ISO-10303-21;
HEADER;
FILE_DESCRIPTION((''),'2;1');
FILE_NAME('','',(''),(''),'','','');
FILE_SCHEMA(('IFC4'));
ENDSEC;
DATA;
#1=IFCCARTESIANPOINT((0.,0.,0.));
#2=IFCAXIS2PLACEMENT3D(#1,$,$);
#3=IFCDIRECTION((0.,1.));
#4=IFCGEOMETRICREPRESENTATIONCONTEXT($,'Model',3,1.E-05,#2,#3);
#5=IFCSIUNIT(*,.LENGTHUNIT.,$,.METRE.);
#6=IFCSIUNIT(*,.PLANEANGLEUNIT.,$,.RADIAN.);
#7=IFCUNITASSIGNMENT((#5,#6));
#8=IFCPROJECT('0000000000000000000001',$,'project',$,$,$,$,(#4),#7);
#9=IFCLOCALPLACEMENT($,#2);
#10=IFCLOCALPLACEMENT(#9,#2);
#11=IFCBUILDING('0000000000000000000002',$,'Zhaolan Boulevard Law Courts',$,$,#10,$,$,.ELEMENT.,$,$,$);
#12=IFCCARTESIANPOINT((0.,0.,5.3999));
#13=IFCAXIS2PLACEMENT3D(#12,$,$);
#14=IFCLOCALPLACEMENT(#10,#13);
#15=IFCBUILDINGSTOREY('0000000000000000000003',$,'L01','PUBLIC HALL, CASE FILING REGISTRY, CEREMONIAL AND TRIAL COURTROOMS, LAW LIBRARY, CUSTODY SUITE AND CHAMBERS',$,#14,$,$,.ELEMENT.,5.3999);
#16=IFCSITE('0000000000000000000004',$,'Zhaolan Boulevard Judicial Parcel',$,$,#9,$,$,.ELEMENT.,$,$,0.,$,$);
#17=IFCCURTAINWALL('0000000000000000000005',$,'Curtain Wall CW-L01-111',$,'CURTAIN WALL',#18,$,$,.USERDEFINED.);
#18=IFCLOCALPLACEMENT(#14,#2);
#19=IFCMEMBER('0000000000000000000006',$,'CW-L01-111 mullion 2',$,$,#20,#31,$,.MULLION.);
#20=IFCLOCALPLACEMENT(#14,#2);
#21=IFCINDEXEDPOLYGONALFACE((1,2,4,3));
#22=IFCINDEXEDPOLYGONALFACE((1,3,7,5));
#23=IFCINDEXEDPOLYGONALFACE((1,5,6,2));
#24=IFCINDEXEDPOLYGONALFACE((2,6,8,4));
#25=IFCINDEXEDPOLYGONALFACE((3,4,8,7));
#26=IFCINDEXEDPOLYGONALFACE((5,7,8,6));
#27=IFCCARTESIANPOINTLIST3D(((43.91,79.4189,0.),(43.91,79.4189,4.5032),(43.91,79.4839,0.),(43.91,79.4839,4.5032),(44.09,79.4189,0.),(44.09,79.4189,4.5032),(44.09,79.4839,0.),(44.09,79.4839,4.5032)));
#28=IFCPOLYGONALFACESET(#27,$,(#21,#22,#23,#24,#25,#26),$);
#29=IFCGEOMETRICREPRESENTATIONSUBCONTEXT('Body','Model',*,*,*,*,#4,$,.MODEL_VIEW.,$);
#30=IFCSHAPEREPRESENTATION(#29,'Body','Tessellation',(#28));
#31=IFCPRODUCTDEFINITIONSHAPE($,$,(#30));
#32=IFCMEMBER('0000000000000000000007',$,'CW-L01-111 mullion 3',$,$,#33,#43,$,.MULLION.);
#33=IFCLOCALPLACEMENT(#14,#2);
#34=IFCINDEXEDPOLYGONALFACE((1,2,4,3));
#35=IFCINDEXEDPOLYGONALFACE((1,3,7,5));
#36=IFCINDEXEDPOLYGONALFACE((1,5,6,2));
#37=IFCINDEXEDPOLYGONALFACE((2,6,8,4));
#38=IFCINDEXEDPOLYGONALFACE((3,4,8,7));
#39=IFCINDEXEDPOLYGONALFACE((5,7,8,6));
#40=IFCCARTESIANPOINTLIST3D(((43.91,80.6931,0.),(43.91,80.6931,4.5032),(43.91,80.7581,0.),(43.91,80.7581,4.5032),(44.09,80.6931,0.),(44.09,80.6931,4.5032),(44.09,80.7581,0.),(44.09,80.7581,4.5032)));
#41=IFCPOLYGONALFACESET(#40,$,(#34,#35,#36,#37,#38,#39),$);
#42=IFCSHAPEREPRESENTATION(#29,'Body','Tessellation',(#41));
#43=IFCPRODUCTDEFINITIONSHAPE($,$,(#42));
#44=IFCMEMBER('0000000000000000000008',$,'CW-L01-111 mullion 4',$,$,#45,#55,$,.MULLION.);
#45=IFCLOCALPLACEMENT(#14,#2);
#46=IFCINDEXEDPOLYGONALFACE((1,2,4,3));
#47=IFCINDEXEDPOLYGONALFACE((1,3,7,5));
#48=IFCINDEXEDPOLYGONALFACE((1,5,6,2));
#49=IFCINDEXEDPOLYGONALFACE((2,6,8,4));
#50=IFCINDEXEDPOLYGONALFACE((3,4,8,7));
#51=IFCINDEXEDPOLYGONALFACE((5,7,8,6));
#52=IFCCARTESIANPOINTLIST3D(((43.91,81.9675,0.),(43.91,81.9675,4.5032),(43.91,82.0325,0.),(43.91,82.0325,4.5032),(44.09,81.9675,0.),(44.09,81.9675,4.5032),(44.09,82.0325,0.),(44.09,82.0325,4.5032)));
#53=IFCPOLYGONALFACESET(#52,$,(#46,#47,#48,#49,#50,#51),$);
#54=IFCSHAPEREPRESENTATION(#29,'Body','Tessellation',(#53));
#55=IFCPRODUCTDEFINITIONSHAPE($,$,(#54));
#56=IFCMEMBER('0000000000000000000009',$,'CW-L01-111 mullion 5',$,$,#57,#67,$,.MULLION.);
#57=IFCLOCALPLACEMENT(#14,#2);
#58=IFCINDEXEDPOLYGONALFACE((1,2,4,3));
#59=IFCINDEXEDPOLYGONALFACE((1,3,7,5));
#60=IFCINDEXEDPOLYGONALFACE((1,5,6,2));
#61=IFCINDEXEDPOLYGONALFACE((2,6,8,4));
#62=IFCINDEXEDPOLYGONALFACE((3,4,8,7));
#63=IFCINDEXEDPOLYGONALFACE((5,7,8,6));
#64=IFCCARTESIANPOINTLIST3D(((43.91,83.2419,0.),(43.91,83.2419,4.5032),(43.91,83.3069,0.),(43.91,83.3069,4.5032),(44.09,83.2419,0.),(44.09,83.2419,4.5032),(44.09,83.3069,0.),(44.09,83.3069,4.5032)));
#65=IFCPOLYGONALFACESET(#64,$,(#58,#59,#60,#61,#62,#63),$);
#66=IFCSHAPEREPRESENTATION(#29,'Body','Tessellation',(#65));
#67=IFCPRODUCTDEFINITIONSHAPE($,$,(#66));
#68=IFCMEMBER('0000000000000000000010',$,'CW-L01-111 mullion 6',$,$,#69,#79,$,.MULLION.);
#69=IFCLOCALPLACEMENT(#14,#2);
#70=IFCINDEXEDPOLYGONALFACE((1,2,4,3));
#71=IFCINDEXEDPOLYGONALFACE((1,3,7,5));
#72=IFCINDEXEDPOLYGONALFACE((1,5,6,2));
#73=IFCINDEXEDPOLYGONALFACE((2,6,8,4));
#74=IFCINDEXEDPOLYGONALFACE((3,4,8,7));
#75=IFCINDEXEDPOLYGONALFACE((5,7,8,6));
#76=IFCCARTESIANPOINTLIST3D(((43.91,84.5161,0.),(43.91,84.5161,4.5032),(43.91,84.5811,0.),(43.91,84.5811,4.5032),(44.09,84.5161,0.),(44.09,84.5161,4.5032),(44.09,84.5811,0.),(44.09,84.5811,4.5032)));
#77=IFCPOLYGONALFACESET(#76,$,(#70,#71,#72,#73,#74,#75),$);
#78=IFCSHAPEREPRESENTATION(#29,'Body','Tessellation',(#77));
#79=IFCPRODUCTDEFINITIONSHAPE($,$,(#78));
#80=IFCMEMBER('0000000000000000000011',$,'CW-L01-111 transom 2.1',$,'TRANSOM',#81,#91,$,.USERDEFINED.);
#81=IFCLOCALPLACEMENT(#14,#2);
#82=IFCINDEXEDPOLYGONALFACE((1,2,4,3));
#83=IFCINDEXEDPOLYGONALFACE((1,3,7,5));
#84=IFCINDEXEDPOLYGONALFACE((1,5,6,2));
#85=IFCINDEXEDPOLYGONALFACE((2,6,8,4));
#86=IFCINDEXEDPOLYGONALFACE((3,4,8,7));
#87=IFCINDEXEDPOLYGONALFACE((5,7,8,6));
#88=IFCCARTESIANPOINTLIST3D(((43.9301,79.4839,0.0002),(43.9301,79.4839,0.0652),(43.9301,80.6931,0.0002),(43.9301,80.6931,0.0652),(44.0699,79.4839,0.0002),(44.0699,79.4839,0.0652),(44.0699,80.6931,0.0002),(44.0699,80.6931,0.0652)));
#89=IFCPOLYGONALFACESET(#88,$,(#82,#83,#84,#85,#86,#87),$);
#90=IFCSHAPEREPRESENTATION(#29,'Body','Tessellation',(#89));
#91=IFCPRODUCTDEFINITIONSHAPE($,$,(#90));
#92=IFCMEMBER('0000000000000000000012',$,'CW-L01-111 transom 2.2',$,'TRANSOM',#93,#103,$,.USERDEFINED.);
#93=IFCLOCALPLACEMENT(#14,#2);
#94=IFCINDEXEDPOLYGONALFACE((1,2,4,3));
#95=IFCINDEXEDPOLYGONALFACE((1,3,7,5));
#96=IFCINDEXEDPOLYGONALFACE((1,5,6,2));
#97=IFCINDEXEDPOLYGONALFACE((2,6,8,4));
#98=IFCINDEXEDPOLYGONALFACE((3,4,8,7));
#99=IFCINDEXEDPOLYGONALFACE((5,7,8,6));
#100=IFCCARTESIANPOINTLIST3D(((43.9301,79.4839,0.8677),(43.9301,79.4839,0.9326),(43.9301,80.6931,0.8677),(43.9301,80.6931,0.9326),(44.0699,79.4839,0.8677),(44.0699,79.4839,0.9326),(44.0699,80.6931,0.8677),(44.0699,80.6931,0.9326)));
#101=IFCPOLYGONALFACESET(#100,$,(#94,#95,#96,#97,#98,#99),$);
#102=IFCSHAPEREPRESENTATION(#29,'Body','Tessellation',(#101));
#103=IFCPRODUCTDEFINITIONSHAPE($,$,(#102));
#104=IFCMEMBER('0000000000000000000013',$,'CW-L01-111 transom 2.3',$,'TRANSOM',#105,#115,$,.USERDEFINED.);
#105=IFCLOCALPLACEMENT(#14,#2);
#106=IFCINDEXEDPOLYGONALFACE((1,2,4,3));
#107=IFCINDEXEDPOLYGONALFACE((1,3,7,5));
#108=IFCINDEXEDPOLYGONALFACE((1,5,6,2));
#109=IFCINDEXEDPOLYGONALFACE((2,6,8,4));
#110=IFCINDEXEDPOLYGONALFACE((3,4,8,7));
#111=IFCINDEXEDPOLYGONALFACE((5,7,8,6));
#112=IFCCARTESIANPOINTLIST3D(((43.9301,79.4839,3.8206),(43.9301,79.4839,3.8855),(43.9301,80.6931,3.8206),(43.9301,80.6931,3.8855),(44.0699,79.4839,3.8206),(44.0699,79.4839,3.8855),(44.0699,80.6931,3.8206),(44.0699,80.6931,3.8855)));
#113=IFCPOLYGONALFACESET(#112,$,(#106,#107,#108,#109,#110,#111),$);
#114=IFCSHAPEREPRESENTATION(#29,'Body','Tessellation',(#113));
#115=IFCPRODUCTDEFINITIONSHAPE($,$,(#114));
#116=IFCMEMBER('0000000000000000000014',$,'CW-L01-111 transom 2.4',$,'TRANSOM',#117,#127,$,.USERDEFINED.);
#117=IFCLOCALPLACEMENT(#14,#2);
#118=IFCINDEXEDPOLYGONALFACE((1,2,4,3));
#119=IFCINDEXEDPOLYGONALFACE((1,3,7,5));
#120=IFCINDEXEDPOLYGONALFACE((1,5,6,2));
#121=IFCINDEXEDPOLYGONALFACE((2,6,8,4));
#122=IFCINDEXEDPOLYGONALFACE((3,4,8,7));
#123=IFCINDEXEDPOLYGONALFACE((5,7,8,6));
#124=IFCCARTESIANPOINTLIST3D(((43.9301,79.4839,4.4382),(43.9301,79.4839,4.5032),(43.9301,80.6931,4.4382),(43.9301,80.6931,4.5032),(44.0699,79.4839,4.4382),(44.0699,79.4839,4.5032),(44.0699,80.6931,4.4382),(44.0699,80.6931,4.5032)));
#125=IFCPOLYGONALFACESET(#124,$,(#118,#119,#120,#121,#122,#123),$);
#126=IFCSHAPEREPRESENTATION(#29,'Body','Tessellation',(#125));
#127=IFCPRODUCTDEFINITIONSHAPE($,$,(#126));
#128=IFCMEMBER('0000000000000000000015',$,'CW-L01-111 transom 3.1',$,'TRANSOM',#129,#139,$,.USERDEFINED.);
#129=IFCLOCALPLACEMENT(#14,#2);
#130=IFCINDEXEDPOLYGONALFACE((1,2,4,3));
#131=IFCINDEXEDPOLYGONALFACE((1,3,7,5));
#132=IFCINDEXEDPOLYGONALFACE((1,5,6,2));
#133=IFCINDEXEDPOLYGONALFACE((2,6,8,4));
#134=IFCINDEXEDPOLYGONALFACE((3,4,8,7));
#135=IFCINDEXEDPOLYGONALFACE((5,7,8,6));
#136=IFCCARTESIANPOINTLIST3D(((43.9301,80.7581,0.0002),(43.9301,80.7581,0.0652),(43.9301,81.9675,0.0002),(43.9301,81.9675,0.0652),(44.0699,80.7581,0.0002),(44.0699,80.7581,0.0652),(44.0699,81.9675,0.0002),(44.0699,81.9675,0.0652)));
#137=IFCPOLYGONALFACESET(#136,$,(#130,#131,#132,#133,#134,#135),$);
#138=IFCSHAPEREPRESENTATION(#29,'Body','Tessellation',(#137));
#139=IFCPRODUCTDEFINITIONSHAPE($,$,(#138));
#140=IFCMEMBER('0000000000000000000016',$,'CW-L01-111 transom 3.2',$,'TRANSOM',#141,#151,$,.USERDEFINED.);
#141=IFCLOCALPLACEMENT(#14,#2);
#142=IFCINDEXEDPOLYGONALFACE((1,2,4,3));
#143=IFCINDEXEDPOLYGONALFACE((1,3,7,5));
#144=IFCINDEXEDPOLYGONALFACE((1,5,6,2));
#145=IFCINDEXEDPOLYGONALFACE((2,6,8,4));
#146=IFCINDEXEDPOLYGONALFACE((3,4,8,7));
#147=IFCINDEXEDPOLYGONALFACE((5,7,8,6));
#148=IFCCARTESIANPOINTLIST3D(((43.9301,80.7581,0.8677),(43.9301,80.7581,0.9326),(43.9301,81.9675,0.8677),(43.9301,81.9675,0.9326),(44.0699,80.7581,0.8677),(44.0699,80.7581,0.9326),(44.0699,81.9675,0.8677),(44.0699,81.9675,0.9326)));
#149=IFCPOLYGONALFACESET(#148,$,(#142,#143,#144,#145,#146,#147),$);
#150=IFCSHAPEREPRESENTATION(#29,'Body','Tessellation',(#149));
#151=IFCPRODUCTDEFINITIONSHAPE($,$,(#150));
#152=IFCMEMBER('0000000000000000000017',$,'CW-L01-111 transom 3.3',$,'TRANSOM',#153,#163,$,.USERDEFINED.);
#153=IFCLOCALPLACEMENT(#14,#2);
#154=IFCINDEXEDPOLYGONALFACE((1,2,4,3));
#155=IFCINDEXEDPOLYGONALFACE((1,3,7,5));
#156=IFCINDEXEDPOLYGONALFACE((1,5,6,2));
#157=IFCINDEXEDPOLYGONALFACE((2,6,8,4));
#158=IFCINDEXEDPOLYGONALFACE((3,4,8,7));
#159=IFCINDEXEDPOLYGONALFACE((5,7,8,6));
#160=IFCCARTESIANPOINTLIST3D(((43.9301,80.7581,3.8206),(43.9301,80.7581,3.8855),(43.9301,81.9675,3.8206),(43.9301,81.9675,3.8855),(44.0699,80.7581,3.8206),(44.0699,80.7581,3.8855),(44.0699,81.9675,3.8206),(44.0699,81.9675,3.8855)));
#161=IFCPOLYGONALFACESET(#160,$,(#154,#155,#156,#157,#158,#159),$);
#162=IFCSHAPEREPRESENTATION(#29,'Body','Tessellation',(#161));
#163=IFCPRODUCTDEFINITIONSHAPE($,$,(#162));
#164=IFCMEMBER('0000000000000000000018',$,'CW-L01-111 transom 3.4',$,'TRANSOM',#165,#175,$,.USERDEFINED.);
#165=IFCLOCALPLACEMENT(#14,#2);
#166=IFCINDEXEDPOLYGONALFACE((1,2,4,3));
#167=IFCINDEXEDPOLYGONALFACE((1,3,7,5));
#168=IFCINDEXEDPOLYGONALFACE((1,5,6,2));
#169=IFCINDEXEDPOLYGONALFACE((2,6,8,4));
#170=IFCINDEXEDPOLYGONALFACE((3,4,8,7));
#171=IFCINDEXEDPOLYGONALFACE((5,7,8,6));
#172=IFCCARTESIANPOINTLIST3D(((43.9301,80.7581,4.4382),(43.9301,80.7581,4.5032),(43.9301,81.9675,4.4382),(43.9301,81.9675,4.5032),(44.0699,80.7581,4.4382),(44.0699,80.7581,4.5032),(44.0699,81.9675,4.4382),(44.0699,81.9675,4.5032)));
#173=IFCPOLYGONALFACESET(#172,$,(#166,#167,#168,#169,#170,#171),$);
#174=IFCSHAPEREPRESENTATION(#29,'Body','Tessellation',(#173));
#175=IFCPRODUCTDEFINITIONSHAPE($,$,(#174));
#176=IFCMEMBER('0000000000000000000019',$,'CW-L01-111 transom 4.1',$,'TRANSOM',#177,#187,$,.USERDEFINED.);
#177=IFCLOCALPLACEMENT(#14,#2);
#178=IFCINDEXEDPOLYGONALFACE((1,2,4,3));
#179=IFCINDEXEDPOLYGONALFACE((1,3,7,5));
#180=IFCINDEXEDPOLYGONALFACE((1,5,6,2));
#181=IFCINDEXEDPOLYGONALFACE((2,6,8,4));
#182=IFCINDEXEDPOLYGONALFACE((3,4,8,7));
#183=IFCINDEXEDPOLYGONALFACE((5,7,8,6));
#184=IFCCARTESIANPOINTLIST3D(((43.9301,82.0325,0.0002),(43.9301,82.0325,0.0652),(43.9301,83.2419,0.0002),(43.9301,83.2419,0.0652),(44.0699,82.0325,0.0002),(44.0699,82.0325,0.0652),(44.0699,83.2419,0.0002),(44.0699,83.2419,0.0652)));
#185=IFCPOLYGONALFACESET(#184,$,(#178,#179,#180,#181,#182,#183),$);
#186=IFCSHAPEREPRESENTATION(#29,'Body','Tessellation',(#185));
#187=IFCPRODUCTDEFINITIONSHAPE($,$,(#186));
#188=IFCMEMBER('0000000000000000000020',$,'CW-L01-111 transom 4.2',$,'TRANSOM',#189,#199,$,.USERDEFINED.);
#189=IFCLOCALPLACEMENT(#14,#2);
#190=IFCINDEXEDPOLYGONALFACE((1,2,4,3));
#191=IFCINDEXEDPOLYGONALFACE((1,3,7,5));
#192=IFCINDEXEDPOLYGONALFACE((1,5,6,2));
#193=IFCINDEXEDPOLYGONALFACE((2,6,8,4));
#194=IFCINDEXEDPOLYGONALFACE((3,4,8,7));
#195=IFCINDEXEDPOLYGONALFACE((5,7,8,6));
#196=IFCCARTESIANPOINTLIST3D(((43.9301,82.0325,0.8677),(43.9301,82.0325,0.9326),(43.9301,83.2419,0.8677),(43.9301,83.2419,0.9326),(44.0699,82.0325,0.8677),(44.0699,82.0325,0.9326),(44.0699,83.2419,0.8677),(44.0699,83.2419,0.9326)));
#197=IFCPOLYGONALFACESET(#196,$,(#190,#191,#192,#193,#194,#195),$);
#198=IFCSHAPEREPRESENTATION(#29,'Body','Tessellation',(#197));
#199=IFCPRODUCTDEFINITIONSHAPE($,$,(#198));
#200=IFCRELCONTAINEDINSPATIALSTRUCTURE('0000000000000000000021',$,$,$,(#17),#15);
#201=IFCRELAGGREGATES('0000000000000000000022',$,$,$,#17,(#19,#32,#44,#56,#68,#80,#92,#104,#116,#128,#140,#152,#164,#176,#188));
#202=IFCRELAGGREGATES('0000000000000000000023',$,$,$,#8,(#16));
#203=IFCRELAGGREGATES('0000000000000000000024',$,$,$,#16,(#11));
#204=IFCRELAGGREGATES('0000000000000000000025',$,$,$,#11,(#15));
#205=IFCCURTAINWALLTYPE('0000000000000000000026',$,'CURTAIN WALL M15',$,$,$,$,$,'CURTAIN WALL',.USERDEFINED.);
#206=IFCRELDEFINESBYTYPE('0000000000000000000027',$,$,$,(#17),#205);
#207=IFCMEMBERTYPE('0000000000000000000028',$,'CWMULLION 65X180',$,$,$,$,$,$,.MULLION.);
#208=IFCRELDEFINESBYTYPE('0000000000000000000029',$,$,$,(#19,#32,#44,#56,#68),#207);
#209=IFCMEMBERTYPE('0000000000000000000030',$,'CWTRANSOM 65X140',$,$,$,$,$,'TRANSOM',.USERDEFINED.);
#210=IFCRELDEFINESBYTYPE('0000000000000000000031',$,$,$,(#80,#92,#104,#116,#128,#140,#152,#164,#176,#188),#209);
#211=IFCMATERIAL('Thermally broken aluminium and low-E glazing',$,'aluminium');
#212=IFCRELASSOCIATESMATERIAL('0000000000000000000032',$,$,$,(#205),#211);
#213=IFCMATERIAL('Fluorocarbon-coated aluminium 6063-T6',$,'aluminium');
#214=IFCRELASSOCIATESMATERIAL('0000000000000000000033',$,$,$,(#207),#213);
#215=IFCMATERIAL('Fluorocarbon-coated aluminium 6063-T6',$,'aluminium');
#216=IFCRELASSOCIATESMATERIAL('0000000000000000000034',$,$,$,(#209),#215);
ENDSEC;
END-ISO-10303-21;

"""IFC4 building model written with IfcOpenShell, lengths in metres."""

from ifc_helpers import new_model, si_unit, direction, frame, origin, origin_2d, place, context, subcontext, project, spatial, rectangle, extrude, material, material_profile, profile_set, type_object, element, aggregate, save


model = new_model("IFC4")

# Units and contexts
model_context = context("Model", 3, precision=1e-05, world=origin(), true_north=direction((0.0, 1.0)))
body_context = subcontext(model_context, "Body", "Model", "MODEL_VIEW")
ifc_project = project(units=[si_unit("LENGTHUNIT", "METRE"), si_unit("PLANEANGLEUNIT", "RADIAN")], contexts=[model_context])

# Site, building, storey
site_placement = place(None, origin())
site = spatial("IfcSite", under=ifc_project, at=site_placement, Name="Zhaolan Boulevard Judicial Parcel", CompositionType="ELEMENT", RefElevation=0.0)
building_placement = place(site_placement, origin())
building = spatial("IfcBuilding", under=site, at=building_placement, Name="Zhaolan Boulevard Law Courts", CompositionType="ELEMENT")
storey_placement = place(building_placement, frame((0.0, 0.0, 5.3999)))
storey = spatial("IfcBuildingStorey", under=building, at=storey_placement, Name="L01", Description="PUBLIC HALL, CASE FILING REGISTRY, CEREMONIAL AND TRIAL COURTROOMS, LAW LIBRARY, CUSTODY SUITE AND CHAMBERS", CompositionType="ELEMENT", Elevation=5.3999)

# Curtain wall, members
ifc_material_1 = material(Name="Thermally broken aluminium and low-E glazing", Category="aluminium")
curtain_wall_type = type_object("IfcCurtainWallType", Name="CURTAIN WALL M15", ElementType="CURTAIN WALL", PredefinedType="USERDEFINED", material=ifc_material_1)
curtain_wall_placement = place(storey_placement, origin())
curtain_wall = element("IfcCurtainWall", 1, at=curtain_wall_placement, inside=storey, type_object=curtain_wall_type, Name="Curtain Wall CW-L01-111", ObjectType="CURTAIN WALL", PredefinedType="USERDEFINED")
ifc_material_2 = material(Name="Fluorocarbon-coated aluminium 6063-T6", Category="aluminium")
ifc_material_profile_1 = material_profile(ifc_material_2, rectangle(XDim=0.1799, YDim=0.0649, at=origin_2d()), Name="AL65x180")
ifc_profile_set_1 = profile_set([ifc_material_profile_1], Name="Fluorocarbon-coated aluminium 6063-T6")
member_type_1 = type_object("IfcMemberType", Name="CWMULLION 65X180", PredefinedType="MULLION", material=ifc_profile_set_1)
member_1_placement = place(storey_placement, frame((44.0, 79.4514, 0.0), z_axis=(0.0, 0.0, 1.0), x_axis=(-1.0, 0.0, 0.0)))
member_1 = element("IfcMember", 2, at=member_1_placement, type_object=member_type_1, Name="CW-L01-111 mullion 2", PredefinedType="MULLION", context=body_context, shape_type="SweptSolid", body=[
    extrude(rectangle(XDim=0.1799, YDim=0.0649, at=origin_2d()), origin(), (0.0, 0.0, 1.0), 4.5032),
])
member_2_placement = place(storey_placement, frame((44.0, 80.7256, 0.0), z_axis=(0.0, 0.0, 1.0), x_axis=(-1.0, 0.0, 0.0)))
member_2 = element("IfcMember", 3, at=member_2_placement, type_object=member_type_1, Name="CW-L01-111 mullion 3", PredefinedType="MULLION", context=body_context, shape_type="SweptSolid", body=[
    extrude(rectangle(XDim=0.1799, YDim=0.0649, at=origin_2d()), origin(), (0.0, 0.0, 1.0), 4.5032),
])
member_3_placement = place(storey_placement, frame((44.0, 82.0, 0.0), z_axis=(0.0, 0.0, 1.0), x_axis=(-1.0, 0.0, 0.0)))
member_3 = element("IfcMember", 4, at=member_3_placement, type_object=member_type_1, Name="CW-L01-111 mullion 4", PredefinedType="MULLION", context=body_context, shape_type="SweptSolid", body=[
    extrude(rectangle(XDim=0.1799, YDim=0.0649, at=origin_2d()), origin(), (0.0, 0.0, 1.0), 4.5032),
])
member_4_placement = place(storey_placement, frame((44.0, 83.2744, 0.0), z_axis=(0.0, 0.0, 1.0), x_axis=(-1.0, 0.0, 0.0)))
member_4 = element("IfcMember", 5, at=member_4_placement, type_object=member_type_1, Name="CW-L01-111 mullion 5", PredefinedType="MULLION", context=body_context, shape_type="SweptSolid", body=[
    extrude(rectangle(XDim=0.1799, YDim=0.0649, at=origin_2d()), origin(), (0.0, 0.0, 1.0), 4.5032),
])
member_5_placement = place(storey_placement, frame((44.0, 84.5486, 0.0), z_axis=(0.0, 0.0, 1.0), x_axis=(-1.0, 0.0, 0.0)))
member_5 = element("IfcMember", 6, at=member_5_placement, type_object=member_type_1, Name="CW-L01-111 mullion 6", PredefinedType="MULLION", context=body_context, shape_type="SweptSolid", body=[
    extrude(rectangle(XDim=0.1799, YDim=0.0649, at=origin_2d()), origin(), (0.0, 0.0, 1.0), 4.5032),
])
ifc_material_3 = material(Name="Fluorocarbon-coated aluminium 6063-T6", Category="aluminium")
ifc_material_profile_2 = material_profile(ifc_material_3, rectangle(XDim=0.1399, YDim=0.0649, at=origin_2d()), Name="AL65x140")
ifc_profile_set_2 = profile_set([ifc_material_profile_2], Name="Fluorocarbon-coated aluminium 6063-T6")
member_type_2 = type_object("IfcMemberType", Name="CWTRANSOM 65X140", ElementType="TRANSOM", PredefinedType="USERDEFINED", material=ifc_profile_set_2)
member_6_placement = place(storey_placement, frame((44.0, 79.4839, 0.0327), z_axis=(0.0, 1.0, 0.0), x_axis=(-1.0, 0.0, 0.0)))
member_6 = element("IfcMember", 7, at=member_6_placement, type_object=member_type_2, Name="CW-L01-111 transom 2.1", ObjectType="TRANSOM", PredefinedType="USERDEFINED", context=body_context, shape_type="SweptSolid", body=[
    extrude(rectangle(XDim=0.1399, YDim=0.0649, at=origin_2d()), origin(), (0.0, 0.0, 1.0), 1.2092),
])
member_7_placement = place(storey_placement, frame((44.0, 79.4839, 0.9001), z_axis=(0.0, 1.0, 0.0), x_axis=(-1.0, 0.0, 0.0)))
member_7 = element("IfcMember", 8, at=member_7_placement, type_object=member_type_2, Name="CW-L01-111 transom 2.2", ObjectType="TRANSOM", PredefinedType="USERDEFINED", context=body_context, shape_type="SweptSolid", body=[
    extrude(rectangle(XDim=0.1399, YDim=0.0649, at=origin_2d()), origin(), (0.0, 0.0, 1.0), 1.2092),
])
member_8_placement = place(storey_placement, frame((44.0, 79.4839, 3.853), z_axis=(0.0, 1.0, 0.0), x_axis=(-1.0, 0.0, 0.0)))
member_8 = element("IfcMember", 9, at=member_8_placement, type_object=member_type_2, Name="CW-L01-111 transom 2.3", ObjectType="TRANSOM", PredefinedType="USERDEFINED", context=body_context, shape_type="SweptSolid", body=[
    extrude(rectangle(XDim=0.1399, YDim=0.0649, at=origin_2d()), origin(), (0.0, 0.0, 1.0), 1.2092),
])
member_9_placement = place(storey_placement, frame((44.0, 79.4839, 4.4707), z_axis=(0.0, 1.0, 0.0), x_axis=(-1.0, 0.0, 0.0)))
member_9 = element("IfcMember", 10, at=member_9_placement, type_object=member_type_2, Name="CW-L01-111 transom 2.4", ObjectType="TRANSOM", PredefinedType="USERDEFINED", context=body_context, shape_type="SweptSolid", body=[
    extrude(rectangle(XDim=0.1399, YDim=0.0649, at=origin_2d()), origin(), (0.0, 0.0, 1.0), 1.2092),
])
member_10_placement = place(storey_placement, frame((44.0, 80.7581, 0.0327), z_axis=(0.0, 1.0, 0.0), x_axis=(-1.0, 0.0, 0.0)))
member_10 = element("IfcMember", 11, at=member_10_placement, type_object=member_type_2, Name="CW-L01-111 transom 3.1", ObjectType="TRANSOM", PredefinedType="USERDEFINED", context=body_context, shape_type="SweptSolid", body=[
    extrude(rectangle(XDim=0.1399, YDim=0.0649, at=origin_2d()), origin(), (0.0, 0.0, 1.0), 1.2095),
])
member_11_placement = place(storey_placement, frame((44.0, 80.7581, 0.9001), z_axis=(0.0, 1.0, 0.0), x_axis=(-1.0, 0.0, 0.0)))
member_11 = element("IfcMember", 12, at=member_11_placement, type_object=member_type_2, Name="CW-L01-111 transom 3.2", ObjectType="TRANSOM", PredefinedType="USERDEFINED", context=body_context, shape_type="SweptSolid", body=[
    extrude(rectangle(XDim=0.1399, YDim=0.0649, at=origin_2d()), origin(), (0.0, 0.0, 1.0), 1.2095),
])
member_12_placement = place(storey_placement, frame((44.0, 80.7581, 3.853), z_axis=(0.0, 1.0, 0.0), x_axis=(-1.0, 0.0, 0.0)))
member_12 = element("IfcMember", 13, at=member_12_placement, type_object=member_type_2, Name="CW-L01-111 transom 3.3", ObjectType="TRANSOM", PredefinedType="USERDEFINED", context=body_context, shape_type="SweptSolid", body=[
    extrude(rectangle(XDim=0.1399, YDim=0.0649, at=origin_2d()), origin(), (0.0, 0.0, 1.0), 1.2095),
])
member_13_placement = place(storey_placement, frame((44.0, 80.7581, 4.4707), z_axis=(0.0, 1.0, 0.0), x_axis=(-1.0, 0.0, 0.0)))
member_13 = element("IfcMember", 14, at=member_13_placement, type_object=member_type_2, Name="CW-L01-111 transom 3.4", ObjectType="TRANSOM", PredefinedType="USERDEFINED", context=body_context, shape_type="SweptSolid", body=[
    extrude(rectangle(XDim=0.1399, YDim=0.0649, at=origin_2d()), origin(), (0.0, 0.0, 1.0), 1.2095),
])
member_14_placement = place(storey_placement, frame((44.0, 82.0325, 0.0327), z_axis=(0.0, 1.0, 0.0), x_axis=(-1.0, 0.0, 0.0)))
member_14 = element("IfcMember", 15, at=member_14_placement, type_object=member_type_2, Name="CW-L01-111 transom 4.1", ObjectType="TRANSOM", PredefinedType="USERDEFINED", context=body_context, shape_type="SweptSolid", body=[
    extrude(rectangle(XDim=0.1399, YDim=0.0649, at=origin_2d()), origin(), (0.0, 0.0, 1.0), 1.2095),
])
member_15_placement = place(storey_placement, frame((44.0, 82.0325, 0.9001), z_axis=(0.0, 1.0, 0.0), x_axis=(-1.0, 0.0, 0.0)))
member_15 = element("IfcMember", 16, at=member_15_placement, type_object=member_type_2, Name="CW-L01-111 transom 4.2", ObjectType="TRANSOM", PredefinedType="USERDEFINED", context=body_context, shape_type="SweptSolid", body=[
    extrude(rectangle(XDim=0.1399, YDim=0.0649, at=origin_2d()), origin(), (0.0, 0.0, 1.0), 1.2095),
])
aggregate(curtain_wall, [member_1, member_2, member_3, member_4, member_5, member_6, member_7, member_8, member_9, member_10, member_11, member_12, member_13, member_14, member_15])

save(model, "model.ifc")
